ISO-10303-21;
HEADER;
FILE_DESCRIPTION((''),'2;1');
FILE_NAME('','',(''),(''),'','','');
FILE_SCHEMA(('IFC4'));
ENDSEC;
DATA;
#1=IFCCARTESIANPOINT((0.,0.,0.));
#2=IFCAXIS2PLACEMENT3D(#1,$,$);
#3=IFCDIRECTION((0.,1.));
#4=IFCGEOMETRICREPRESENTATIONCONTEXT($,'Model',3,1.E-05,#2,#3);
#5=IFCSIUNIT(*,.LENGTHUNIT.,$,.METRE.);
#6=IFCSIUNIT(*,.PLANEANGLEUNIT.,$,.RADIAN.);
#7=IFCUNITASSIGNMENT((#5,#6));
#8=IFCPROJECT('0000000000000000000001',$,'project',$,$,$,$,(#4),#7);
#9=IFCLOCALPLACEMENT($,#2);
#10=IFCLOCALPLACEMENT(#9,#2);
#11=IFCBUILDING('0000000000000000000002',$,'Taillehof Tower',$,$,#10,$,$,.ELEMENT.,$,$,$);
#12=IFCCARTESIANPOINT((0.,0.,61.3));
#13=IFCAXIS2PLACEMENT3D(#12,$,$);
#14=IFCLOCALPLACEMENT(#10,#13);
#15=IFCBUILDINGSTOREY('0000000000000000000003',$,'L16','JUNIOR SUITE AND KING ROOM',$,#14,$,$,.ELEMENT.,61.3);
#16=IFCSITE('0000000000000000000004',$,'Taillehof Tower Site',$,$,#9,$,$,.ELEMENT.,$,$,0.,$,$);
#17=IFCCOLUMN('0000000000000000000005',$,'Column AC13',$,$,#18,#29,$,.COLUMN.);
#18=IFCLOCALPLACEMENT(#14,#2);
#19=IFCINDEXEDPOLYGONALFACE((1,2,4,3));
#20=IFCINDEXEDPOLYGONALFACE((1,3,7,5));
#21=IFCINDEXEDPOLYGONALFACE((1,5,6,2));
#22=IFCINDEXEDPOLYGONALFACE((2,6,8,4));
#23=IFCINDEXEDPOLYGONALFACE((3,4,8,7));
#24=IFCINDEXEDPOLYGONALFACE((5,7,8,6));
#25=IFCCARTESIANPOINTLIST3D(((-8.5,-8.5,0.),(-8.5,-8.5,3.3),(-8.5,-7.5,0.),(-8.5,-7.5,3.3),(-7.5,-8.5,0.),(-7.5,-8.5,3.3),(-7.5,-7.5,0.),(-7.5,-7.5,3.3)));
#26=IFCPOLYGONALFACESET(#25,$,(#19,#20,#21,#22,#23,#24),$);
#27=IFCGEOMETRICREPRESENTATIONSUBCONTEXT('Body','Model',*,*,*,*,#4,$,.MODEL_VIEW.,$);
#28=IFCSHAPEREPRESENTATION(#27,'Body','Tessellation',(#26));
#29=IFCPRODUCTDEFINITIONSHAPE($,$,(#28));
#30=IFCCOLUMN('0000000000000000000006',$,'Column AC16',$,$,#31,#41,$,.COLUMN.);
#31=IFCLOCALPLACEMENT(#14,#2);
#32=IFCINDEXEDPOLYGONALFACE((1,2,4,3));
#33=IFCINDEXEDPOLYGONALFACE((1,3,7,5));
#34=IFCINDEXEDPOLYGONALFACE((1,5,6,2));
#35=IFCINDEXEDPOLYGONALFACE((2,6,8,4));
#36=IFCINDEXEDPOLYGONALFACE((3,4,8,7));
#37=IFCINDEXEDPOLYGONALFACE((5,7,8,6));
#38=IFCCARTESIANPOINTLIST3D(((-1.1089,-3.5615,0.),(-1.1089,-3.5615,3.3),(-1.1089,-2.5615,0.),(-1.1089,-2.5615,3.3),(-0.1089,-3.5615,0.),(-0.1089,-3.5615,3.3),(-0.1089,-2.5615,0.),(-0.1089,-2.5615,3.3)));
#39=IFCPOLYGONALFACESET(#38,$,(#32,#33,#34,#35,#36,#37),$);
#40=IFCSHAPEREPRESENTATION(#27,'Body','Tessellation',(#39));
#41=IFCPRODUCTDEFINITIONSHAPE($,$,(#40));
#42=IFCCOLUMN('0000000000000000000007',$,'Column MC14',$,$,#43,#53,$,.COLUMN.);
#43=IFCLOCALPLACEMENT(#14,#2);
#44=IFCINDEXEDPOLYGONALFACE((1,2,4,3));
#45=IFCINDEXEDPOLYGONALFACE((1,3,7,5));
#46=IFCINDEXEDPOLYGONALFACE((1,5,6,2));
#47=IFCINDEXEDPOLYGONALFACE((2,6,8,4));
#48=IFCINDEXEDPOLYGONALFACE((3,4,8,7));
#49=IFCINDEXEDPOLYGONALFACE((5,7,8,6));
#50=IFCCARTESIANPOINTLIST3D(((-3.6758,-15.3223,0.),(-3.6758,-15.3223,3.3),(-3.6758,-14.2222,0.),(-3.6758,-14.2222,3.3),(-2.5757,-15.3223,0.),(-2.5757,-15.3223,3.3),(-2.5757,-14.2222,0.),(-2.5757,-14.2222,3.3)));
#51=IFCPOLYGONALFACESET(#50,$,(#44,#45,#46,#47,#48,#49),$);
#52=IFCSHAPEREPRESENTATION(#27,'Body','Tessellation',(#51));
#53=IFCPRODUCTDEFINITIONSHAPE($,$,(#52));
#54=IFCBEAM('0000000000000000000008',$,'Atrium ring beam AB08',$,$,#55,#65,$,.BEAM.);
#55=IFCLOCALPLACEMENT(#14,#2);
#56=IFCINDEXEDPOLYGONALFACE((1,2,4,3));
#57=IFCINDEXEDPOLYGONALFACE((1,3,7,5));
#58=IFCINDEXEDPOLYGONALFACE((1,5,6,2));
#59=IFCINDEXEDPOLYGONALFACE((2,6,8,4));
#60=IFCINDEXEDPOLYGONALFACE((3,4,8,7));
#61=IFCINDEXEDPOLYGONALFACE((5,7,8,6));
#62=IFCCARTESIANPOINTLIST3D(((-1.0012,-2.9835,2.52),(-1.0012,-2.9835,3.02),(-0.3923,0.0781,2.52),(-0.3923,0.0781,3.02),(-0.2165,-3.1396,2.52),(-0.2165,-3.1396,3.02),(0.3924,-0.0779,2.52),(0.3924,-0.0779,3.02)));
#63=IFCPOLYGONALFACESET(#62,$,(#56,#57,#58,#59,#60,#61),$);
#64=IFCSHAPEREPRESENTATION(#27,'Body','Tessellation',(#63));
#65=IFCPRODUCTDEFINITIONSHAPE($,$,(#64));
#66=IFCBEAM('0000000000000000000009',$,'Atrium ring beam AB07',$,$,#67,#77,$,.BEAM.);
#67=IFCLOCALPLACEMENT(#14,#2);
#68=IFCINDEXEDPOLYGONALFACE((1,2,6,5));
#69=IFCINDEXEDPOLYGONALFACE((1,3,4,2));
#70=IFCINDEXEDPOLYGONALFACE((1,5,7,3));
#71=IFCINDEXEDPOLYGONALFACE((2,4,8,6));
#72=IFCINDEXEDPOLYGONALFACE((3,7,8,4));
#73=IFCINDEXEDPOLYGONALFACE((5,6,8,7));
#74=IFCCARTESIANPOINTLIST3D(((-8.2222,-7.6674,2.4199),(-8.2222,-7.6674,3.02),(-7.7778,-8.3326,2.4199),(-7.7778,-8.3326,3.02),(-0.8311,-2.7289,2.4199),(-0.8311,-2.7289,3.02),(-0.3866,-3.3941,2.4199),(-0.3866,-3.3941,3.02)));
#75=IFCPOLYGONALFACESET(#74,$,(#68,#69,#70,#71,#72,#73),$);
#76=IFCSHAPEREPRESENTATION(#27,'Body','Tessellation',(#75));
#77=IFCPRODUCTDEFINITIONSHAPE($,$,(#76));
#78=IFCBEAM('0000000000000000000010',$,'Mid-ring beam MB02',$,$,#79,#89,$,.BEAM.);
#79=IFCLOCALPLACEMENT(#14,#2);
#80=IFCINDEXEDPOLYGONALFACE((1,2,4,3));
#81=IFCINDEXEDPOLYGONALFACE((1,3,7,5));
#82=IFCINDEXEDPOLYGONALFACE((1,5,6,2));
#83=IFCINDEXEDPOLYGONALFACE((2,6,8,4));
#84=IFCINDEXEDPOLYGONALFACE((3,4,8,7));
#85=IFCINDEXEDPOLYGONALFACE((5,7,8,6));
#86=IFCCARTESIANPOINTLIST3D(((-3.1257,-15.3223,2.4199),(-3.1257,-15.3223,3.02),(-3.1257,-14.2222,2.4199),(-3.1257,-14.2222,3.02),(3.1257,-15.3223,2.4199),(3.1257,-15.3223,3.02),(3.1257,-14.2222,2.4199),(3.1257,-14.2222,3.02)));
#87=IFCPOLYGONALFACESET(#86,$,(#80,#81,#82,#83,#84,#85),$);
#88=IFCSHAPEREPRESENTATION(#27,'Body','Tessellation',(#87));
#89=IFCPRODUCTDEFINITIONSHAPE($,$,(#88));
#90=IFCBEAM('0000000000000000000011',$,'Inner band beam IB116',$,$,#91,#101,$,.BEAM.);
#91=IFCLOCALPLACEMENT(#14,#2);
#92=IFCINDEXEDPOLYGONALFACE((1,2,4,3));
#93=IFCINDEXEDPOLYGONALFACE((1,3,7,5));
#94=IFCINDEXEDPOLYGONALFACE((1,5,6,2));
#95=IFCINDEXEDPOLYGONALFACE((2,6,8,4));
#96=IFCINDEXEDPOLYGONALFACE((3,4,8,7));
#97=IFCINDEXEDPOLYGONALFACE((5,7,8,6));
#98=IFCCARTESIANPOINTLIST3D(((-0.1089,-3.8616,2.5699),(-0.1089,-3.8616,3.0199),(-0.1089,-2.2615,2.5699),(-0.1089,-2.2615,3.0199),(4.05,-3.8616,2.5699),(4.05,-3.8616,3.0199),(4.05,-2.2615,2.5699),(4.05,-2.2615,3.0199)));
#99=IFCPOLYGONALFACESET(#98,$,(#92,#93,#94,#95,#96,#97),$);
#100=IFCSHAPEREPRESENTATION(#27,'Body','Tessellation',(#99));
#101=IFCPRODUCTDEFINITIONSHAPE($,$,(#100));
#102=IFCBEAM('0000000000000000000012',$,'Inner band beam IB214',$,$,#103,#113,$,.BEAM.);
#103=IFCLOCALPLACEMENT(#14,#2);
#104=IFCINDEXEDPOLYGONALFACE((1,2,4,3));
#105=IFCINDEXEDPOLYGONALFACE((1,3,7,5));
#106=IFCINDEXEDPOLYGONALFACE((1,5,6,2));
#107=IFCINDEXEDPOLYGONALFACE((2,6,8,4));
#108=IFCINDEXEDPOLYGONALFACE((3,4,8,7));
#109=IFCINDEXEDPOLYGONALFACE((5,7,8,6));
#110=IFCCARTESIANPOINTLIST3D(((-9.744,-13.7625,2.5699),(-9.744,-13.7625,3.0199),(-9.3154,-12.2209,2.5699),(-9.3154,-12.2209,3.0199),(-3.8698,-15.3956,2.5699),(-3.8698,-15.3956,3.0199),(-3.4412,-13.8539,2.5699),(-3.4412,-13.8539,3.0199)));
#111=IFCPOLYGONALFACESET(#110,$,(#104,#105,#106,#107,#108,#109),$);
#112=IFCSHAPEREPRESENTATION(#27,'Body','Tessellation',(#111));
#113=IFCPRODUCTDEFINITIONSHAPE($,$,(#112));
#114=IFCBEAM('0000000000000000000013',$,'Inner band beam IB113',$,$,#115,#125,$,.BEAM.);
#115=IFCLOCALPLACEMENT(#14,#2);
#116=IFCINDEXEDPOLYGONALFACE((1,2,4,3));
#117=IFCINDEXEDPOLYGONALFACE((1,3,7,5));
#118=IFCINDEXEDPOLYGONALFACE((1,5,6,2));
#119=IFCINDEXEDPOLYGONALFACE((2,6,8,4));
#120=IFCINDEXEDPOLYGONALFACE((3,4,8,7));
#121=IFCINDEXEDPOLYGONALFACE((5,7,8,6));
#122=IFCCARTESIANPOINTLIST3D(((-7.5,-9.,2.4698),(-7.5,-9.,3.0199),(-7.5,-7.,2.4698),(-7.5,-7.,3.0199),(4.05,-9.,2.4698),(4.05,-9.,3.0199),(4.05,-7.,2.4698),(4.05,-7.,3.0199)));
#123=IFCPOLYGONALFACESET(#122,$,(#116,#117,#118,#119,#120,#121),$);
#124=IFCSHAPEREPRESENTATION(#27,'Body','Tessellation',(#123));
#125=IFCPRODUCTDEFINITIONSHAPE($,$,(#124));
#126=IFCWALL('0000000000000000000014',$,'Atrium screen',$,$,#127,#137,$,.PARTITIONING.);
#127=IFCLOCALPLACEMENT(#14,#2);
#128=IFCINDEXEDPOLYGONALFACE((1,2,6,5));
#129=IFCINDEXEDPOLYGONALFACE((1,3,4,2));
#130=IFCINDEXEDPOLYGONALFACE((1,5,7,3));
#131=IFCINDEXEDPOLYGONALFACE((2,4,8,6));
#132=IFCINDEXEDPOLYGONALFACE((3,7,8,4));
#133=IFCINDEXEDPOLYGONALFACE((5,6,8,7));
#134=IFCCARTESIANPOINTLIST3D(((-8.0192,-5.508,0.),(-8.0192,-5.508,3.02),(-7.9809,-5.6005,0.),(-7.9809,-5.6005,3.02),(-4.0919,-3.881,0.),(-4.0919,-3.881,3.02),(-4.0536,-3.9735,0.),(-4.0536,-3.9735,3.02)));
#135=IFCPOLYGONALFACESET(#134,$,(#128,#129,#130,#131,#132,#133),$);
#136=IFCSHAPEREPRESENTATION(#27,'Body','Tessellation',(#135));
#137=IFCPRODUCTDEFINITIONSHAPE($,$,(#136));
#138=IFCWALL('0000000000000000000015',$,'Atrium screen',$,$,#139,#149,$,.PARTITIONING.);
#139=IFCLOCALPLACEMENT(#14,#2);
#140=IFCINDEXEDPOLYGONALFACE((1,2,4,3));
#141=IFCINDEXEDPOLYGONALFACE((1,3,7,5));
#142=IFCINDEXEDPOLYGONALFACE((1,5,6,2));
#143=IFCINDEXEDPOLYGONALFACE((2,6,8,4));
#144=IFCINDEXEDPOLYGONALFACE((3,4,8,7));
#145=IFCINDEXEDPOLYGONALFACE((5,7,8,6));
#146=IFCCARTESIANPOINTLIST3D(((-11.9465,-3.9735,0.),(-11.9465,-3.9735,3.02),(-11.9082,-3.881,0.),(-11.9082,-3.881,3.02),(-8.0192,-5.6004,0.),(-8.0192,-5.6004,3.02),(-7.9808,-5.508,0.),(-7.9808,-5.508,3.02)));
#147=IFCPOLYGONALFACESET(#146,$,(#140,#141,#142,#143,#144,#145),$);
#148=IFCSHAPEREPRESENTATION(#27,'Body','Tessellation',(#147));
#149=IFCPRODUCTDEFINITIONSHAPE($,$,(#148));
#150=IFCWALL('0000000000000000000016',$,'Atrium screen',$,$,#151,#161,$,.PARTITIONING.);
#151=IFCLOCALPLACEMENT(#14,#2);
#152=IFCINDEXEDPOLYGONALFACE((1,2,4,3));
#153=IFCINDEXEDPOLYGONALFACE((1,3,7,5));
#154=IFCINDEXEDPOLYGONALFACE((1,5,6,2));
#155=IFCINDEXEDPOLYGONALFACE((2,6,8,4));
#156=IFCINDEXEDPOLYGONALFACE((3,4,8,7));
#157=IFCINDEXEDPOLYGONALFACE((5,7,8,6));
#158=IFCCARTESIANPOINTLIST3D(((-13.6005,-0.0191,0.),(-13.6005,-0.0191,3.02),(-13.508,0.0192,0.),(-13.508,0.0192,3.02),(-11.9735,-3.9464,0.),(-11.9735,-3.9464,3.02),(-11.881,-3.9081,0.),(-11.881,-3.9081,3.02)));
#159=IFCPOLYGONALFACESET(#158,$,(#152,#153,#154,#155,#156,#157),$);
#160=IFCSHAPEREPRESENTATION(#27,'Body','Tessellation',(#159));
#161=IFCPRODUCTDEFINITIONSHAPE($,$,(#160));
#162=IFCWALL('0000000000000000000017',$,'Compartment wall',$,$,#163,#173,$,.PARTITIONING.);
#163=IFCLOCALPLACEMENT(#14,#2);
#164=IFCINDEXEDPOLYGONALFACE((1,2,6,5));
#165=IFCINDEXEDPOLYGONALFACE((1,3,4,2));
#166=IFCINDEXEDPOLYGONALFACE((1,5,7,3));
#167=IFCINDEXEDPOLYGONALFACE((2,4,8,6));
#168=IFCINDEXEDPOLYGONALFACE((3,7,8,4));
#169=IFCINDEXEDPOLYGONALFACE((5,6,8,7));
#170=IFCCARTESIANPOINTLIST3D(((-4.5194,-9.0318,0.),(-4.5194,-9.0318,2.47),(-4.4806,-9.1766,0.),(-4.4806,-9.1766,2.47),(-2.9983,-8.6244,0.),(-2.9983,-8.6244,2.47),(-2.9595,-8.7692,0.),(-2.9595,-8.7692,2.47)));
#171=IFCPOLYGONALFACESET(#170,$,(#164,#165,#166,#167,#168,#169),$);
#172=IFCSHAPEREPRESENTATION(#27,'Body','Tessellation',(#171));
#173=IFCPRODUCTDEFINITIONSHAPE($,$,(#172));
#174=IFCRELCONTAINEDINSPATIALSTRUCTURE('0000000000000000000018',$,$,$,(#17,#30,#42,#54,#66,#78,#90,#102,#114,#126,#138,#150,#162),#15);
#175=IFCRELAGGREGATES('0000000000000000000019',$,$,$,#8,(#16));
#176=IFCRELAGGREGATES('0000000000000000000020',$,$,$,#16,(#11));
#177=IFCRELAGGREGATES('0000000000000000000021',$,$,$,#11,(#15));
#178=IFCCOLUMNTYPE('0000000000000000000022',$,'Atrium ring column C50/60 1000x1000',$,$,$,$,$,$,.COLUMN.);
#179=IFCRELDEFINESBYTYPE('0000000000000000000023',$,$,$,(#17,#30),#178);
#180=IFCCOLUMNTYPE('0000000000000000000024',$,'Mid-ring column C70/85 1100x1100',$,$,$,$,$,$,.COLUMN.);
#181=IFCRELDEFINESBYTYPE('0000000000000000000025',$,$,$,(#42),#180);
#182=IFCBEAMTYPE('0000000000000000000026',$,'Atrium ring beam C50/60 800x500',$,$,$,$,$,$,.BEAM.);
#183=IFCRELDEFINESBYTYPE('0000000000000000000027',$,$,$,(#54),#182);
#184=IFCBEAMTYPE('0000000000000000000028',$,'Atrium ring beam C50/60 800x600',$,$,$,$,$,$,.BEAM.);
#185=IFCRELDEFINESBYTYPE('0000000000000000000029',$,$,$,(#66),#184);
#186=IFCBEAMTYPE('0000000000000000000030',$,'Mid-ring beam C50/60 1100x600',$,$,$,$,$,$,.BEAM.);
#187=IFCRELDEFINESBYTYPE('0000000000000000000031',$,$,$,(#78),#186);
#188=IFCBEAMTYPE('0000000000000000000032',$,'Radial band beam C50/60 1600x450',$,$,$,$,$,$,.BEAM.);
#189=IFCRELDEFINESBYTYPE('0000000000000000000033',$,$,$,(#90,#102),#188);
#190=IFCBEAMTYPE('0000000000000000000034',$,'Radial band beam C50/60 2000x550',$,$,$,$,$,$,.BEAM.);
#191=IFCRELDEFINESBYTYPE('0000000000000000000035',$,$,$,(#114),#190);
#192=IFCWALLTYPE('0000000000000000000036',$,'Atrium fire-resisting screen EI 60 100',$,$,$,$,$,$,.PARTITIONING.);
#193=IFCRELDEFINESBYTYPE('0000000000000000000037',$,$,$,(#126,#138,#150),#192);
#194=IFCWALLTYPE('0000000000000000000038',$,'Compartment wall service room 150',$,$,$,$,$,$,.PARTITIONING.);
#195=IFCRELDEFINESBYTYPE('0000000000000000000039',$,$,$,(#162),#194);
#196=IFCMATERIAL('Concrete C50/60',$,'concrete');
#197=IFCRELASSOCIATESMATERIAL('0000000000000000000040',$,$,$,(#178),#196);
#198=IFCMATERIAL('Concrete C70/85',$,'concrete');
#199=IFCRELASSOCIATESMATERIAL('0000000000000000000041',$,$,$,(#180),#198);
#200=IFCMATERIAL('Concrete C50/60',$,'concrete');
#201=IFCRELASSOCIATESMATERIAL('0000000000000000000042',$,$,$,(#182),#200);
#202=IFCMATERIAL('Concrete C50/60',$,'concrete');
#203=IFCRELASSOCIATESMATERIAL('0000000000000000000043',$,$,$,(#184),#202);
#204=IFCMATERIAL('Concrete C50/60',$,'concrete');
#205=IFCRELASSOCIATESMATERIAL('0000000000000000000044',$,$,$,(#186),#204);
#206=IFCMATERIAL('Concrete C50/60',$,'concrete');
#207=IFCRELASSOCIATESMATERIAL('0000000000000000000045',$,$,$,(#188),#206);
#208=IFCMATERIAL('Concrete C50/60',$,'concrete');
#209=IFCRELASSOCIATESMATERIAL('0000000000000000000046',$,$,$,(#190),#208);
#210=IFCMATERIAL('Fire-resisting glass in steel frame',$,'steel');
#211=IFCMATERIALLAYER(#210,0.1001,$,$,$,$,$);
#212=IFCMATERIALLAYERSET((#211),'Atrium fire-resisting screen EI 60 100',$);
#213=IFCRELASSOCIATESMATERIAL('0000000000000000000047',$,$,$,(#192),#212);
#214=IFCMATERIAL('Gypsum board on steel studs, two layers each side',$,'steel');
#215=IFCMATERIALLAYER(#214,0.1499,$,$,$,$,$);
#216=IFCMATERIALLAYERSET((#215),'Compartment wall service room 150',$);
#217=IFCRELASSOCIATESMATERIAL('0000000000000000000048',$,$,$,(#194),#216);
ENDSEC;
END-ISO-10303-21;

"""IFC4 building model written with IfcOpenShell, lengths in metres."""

from ifc_helpers import new_model, si_unit, direction, frame, frame_2d, origin, origin_2d, place, context, subcontext, project, spatial, rectangle, extrude, material, layer, layer_set, material_profile, profile_set, type_object, element, save


model = new_model("IFC4")

# Units and contexts
model_context = context("Model", 3, precision=1e-05, world=origin(), true_north=direction((0.0, 1.0)))
body_context = subcontext(model_context, "Body", "Model", "MODEL_VIEW")
ifc_project = project(units=[si_unit("LENGTHUNIT", "METRE"), si_unit("PLANEANGLEUNIT", "RADIAN")], contexts=[model_context])

# Site, building, storey
site_placement = place(None, origin())
site = spatial("IfcSite", under=ifc_project, at=site_placement, Name="Taillehof Tower Site", CompositionType="ELEMENT", RefElevation=0.0)
building_placement = place(site_placement, origin())
building = spatial("IfcBuilding", under=site, at=building_placement, Name="Taillehof Tower", CompositionType="ELEMENT")
storey_placement = place(building_placement, frame((0.0, 0.0, 61.3)))
storey = spatial("IfcBuildingStorey", under=building, at=storey_placement, Name="L16", Description="JUNIOR SUITE AND KING ROOM", CompositionType="ELEMENT", Elevation=61.3)

# Columns
ifc_material_1 = material(Name="Concrete C50/60", Category="concrete")
ifc_material_profile_1 = material_profile(ifc_material_1, rectangle(XDim=1.0, YDim=1.0, at=origin_2d()), Name="RC 1000x1000")
ifc_profile_set_1 = profile_set([ifc_material_profile_1], Name="Concrete C50/60")
column_type_1 = type_object("IfcColumnType", Name="Atrium ring column C50/60 1000x1000", PredefinedType="COLUMN", material=ifc_profile_set_1)
for number, where, z_axis, x_axis, name in (
    (1, (-8.0, -8.0, 0.0), (0.0, 0.0, 1.0), (1.0, 0.0, 0.0), "Column AC13"),
    (2, (-0.6089, -3.0615, 0.0), (0.0, 0.0, 1.0), (1.0, 0.0, 0.0), "Column AC16"),
):
    element("IfcColumn", number, at=place(storey_placement, frame(where, z_axis=z_axis, x_axis=x_axis)), inside=storey, type_object=column_type_1, Name=name, PredefinedType="COLUMN", context=body_context, shape_type="SweptSolid", body=[
        extrude(rectangle(XDim=1.0, YDim=1.0, at=origin_2d()), origin(), (0.0, 0.0, 1.0), 3.3),
    ])
ifc_material_2 = material(Name="Concrete C70/85", Category="concrete")
ifc_material_profile_2 = material_profile(ifc_material_2, rectangle(XDim=1.1001, YDim=1.1001, at=origin_2d()), Name="RC 1100x1100")
ifc_profile_set_2 = profile_set([ifc_material_profile_2], Name="Concrete C70/85")
column_type_2 = type_object("IfcColumnType", Name="Mid-ring column C70/85 1100x1100", PredefinedType="COLUMN", material=ifc_profile_set_2)
column_placement = place(storey_placement, frame((-3.1257, -14.7722, 0.0), z_axis=(0.0, 0.0, 1.0), x_axis=(1.0, 0.0, 0.0)))
element("IfcColumn", 3, at=column_placement, inside=storey, type_object=column_type_2, Name="Column MC14", PredefinedType="COLUMN", context=body_context, shape_type="SweptSolid", body=[
    extrude(rectangle(XDim=1.1001, YDim=1.1001, at=origin_2d()), origin(), (0.0, 0.0, 1.0), 3.3),
])

# Beams
ifc_material_3 = material(Name="Concrete C50/60", Category="concrete")
ifc_material_profile_3 = material_profile(ifc_material_3, rectangle(XDim=0.8, YDim=0.5, at=origin_2d()), Name="RC 800x500")
ifc_profile_set_3 = profile_set([ifc_material_profile_3], Name="Concrete C50/60")
beam_type_1 = type_object("IfcBeamType", Name="Atrium ring beam C50/60 800x500", PredefinedType="BEAM", material=ifc_profile_set_3)
beam_1_placement = place(storey_placement, frame((-0.6089, -3.0615, 2.77), z_axis=(0.195063, 0.980791, 0.0), x_axis=(-0.980791, 0.195063, 0.0)))
element("IfcBeam", 4, at=beam_1_placement, inside=storey, type_object=beam_type_1, Name="Atrium ring beam AB08", PredefinedType="BEAM", context=body_context, shape_type="SweptSolid", body=[
    extrude(rectangle(XDim=0.8, YDim=0.5, at=origin_2d()), origin(), (0.0, 0.0, 1.0), 3.1216),
])
ifc_material_4 = material(Name="Concrete C50/60", Category="concrete")
ifc_material_profile_4 = material_profile(ifc_material_4, rectangle(XDim=0.8, YDim=0.6001, at=origin_2d()), Name="RC 800x600")
ifc_profile_set_4 = profile_set([ifc_material_profile_4], Name="Concrete C50/60")
beam_type_2 = type_object("IfcBeamType", Name="Atrium ring beam C50/60 800x600", PredefinedType="BEAM", material=ifc_profile_set_4)
beam_2_placement = place(storey_placement, frame((-8.0, -8.0, 2.72), z_axis=(0.831475, 0.555562, 0.0), x_axis=(-0.555562, 0.831475, 0.0)))
element("IfcBeam", 5, at=beam_2_placement, inside=storey, type_object=beam_type_2, Name="Atrium ring beam AB07", PredefinedType="BEAM", context=body_context, shape_type="SweptSolid", body=[
    extrude(rectangle(XDim=0.8, YDim=0.6001, at=origin_2d()), origin(), (0.0, 0.0, 1.0), 8.8892),
])
ifc_material_5 = material(Name="Concrete C50/60", Category="concrete")
ifc_material_profile_5 = material_profile(ifc_material_5, rectangle(XDim=1.1001, YDim=0.6001, at=origin_2d()), Name="RC 1100x600")
ifc_profile_set_5 = profile_set([ifc_material_profile_5], Name="Concrete C50/60")
beam_type_3 = type_object("IfcBeamType", Name="Mid-ring beam C50/60 1100x600", PredefinedType="BEAM", material=ifc_profile_set_5)
beam_3_placement = place(storey_placement, frame((-3.1257, -14.7722, 2.72), z_axis=(1.0, 0.0, 0.0), x_axis=(0.0, 1.0, 0.0)))
element("IfcBeam", 6, at=beam_3_placement, inside=storey, type_object=beam_type_3, Name="Mid-ring beam MB02", PredefinedType="BEAM", context=body_context, shape_type="SweptSolid", body=[
    extrude(rectangle(XDim=1.1001, YDim=0.6001, at=origin_2d()), origin(), (0.0, 0.0, 1.0), 6.2515),
])
ifc_material_6 = material(Name="Concrete C50/60", Category="concrete")
ifc_material_profile_6 = material_profile(ifc_material_6, rectangle(XDim=1.6001, YDim=0.45, at=origin_2d()), Name="RC 1600x450")
ifc_profile_set_6 = profile_set([ifc_material_profile_6], Name="Concrete C50/60")
beam_type_4 = type_object("IfcBeamType", Name="Radial band beam C50/60 1600x450", PredefinedType="BEAM", material=ifc_profile_set_6)
beam_4_placement = place(storey_placement, frame((-0.1089, -3.0615, 2.7949), z_axis=(1.0, 0.0, 0.0), x_axis=(0.0, 1.0, 0.0)))
element("IfcBeam", 7, at=beam_4_placement, inside=storey, type_object=beam_type_4, Name="Inner band beam IB116", PredefinedType="BEAM", context=body_context, shape_type="SweptSolid", body=[
    extrude(rectangle(XDim=1.6001, YDim=0.45, at=origin_2d()), origin(), (0.0, 0.0, 1.0), 4.1589),
])
beam_5_placement = place(storey_placement, frame((-3.6555, -14.6248, 2.7949), z_axis=(-0.963459, 0.267855, 0.0), x_axis=(-0.267855, -0.963459, 0.0)))
element("IfcBeam", 8, at=beam_5_placement, inside=storey, type_object=beam_type_4, Name="Inner band beam IB214", PredefinedType="BEAM", context=body_context, shape_type="SweptSolid", body=[
    extrude(rectangle(XDim=1.6001, YDim=0.45, at=origin_2d()), origin(), (0.0, 0.0, 1.0), 6.0969),
])
ifc_material_7 = material(Name="Concrete C50/60", Category="concrete")
ifc_material_profile_7 = material_profile(ifc_material_7, rectangle(XDim=2.0, YDim=0.55, at=origin_2d()), Name="RC 2000x550")
ifc_profile_set_7 = profile_set([ifc_material_profile_7], Name="Concrete C50/60")
beam_type_5 = type_object("IfcBeamType", Name="Radial band beam C50/60 2000x550", PredefinedType="BEAM", material=ifc_profile_set_7)
beam_6_placement = place(storey_placement, frame((-7.5, -8.0, 2.7449), z_axis=(1.0, 0.0, 0.0), x_axis=(0.0, 1.0, 0.0)))
element("IfcBeam", 9, at=beam_6_placement, inside=storey, type_object=beam_type_5, Name="Inner band beam IB113", PredefinedType="BEAM", context=body_context, shape_type="SweptSolid", body=[
    extrude(rectangle(XDim=2.0, YDim=0.55, at=origin_2d()), origin(), (0.0, 0.0, 1.0), 11.55),
])

# Walls
ifc_material_8 = material(Name="Fire-resisting glass in steel frame", Category="steel")
ifc_layer_1 = layer(ifc_material_8, 0.1001)
ifc_layer_set_1 = layer_set([ifc_layer_1], Name="Atrium fire-resisting screen EI 60 100")
wall_type_1 = type_object("IfcWallType", Name="Atrium fire-resisting screen EI 60 100", PredefinedType="PARTITIONING", material=ifc_layer_set_1)
for number, where, z_axis, x_axis, name in (
    (10, (-4.0728, -3.9272, 0.0), (0.0, 0.0, 1.0), (-0.92386, -0.382731, 0.0), "Atrium screen"),
    (11, (-8.0, -5.5542, 0.0), (0.0, 0.0, 1.0), (-0.92386, 0.382731, 0.0), "Atrium screen"),
    (12, (-11.9272, -3.9272, 0.0), (0.0, 0.0, 1.0), (-0.382731, 0.92386, 0.0), "Atrium screen"),
):
    element("IfcWall", number, at=place(storey_placement, frame(where, z_axis=z_axis, x_axis=x_axis)), inside=storey, type_object=wall_type_1, Name=name, PredefinedType="PARTITIONING", context=body_context, shape_type="SweptSolid", body=[
        extrude(rectangle(XDim=4.251, YDim=0.1001, at=frame_2d((2.1255, 0.0))), origin(), (0.0, 0.0, 1.0), 3.02),
    ])
ifc_material_9 = material(Name="Gypsum board on steel studs, two layers each side", Category="steel")
ifc_layer_2 = layer(ifc_material_9, 0.1499)
ifc_layer_set_2 = layer_set([ifc_layer_2], Name="Compartment wall service room 150")
wall_type_2 = type_object("IfcWallType", Name="Compartment wall service room 150", PredefinedType="PARTITIONING", material=ifc_layer_set_2)
wall_1_placement = place(storey_placement, frame((-4.5, -9.1042, 0.0), z_axis=(0.0, 0.0, 1.0), x_axis=(0.965938, 0.258772, 0.0)))
element("IfcWall", 13, at=wall_1_placement, inside=storey, type_object=wall_type_2, Name="Compartment wall", PredefinedType="PARTITIONING", context=body_context, shape_type="SweptSolid", body=[
    extrude(rectangle(XDim=1.5747, YDim=0.1499, at=frame_2d((0.7874, 0.0))), origin(), (0.0, 0.0, 1.0), 2.47),
])

save(model, "model.ifc")
